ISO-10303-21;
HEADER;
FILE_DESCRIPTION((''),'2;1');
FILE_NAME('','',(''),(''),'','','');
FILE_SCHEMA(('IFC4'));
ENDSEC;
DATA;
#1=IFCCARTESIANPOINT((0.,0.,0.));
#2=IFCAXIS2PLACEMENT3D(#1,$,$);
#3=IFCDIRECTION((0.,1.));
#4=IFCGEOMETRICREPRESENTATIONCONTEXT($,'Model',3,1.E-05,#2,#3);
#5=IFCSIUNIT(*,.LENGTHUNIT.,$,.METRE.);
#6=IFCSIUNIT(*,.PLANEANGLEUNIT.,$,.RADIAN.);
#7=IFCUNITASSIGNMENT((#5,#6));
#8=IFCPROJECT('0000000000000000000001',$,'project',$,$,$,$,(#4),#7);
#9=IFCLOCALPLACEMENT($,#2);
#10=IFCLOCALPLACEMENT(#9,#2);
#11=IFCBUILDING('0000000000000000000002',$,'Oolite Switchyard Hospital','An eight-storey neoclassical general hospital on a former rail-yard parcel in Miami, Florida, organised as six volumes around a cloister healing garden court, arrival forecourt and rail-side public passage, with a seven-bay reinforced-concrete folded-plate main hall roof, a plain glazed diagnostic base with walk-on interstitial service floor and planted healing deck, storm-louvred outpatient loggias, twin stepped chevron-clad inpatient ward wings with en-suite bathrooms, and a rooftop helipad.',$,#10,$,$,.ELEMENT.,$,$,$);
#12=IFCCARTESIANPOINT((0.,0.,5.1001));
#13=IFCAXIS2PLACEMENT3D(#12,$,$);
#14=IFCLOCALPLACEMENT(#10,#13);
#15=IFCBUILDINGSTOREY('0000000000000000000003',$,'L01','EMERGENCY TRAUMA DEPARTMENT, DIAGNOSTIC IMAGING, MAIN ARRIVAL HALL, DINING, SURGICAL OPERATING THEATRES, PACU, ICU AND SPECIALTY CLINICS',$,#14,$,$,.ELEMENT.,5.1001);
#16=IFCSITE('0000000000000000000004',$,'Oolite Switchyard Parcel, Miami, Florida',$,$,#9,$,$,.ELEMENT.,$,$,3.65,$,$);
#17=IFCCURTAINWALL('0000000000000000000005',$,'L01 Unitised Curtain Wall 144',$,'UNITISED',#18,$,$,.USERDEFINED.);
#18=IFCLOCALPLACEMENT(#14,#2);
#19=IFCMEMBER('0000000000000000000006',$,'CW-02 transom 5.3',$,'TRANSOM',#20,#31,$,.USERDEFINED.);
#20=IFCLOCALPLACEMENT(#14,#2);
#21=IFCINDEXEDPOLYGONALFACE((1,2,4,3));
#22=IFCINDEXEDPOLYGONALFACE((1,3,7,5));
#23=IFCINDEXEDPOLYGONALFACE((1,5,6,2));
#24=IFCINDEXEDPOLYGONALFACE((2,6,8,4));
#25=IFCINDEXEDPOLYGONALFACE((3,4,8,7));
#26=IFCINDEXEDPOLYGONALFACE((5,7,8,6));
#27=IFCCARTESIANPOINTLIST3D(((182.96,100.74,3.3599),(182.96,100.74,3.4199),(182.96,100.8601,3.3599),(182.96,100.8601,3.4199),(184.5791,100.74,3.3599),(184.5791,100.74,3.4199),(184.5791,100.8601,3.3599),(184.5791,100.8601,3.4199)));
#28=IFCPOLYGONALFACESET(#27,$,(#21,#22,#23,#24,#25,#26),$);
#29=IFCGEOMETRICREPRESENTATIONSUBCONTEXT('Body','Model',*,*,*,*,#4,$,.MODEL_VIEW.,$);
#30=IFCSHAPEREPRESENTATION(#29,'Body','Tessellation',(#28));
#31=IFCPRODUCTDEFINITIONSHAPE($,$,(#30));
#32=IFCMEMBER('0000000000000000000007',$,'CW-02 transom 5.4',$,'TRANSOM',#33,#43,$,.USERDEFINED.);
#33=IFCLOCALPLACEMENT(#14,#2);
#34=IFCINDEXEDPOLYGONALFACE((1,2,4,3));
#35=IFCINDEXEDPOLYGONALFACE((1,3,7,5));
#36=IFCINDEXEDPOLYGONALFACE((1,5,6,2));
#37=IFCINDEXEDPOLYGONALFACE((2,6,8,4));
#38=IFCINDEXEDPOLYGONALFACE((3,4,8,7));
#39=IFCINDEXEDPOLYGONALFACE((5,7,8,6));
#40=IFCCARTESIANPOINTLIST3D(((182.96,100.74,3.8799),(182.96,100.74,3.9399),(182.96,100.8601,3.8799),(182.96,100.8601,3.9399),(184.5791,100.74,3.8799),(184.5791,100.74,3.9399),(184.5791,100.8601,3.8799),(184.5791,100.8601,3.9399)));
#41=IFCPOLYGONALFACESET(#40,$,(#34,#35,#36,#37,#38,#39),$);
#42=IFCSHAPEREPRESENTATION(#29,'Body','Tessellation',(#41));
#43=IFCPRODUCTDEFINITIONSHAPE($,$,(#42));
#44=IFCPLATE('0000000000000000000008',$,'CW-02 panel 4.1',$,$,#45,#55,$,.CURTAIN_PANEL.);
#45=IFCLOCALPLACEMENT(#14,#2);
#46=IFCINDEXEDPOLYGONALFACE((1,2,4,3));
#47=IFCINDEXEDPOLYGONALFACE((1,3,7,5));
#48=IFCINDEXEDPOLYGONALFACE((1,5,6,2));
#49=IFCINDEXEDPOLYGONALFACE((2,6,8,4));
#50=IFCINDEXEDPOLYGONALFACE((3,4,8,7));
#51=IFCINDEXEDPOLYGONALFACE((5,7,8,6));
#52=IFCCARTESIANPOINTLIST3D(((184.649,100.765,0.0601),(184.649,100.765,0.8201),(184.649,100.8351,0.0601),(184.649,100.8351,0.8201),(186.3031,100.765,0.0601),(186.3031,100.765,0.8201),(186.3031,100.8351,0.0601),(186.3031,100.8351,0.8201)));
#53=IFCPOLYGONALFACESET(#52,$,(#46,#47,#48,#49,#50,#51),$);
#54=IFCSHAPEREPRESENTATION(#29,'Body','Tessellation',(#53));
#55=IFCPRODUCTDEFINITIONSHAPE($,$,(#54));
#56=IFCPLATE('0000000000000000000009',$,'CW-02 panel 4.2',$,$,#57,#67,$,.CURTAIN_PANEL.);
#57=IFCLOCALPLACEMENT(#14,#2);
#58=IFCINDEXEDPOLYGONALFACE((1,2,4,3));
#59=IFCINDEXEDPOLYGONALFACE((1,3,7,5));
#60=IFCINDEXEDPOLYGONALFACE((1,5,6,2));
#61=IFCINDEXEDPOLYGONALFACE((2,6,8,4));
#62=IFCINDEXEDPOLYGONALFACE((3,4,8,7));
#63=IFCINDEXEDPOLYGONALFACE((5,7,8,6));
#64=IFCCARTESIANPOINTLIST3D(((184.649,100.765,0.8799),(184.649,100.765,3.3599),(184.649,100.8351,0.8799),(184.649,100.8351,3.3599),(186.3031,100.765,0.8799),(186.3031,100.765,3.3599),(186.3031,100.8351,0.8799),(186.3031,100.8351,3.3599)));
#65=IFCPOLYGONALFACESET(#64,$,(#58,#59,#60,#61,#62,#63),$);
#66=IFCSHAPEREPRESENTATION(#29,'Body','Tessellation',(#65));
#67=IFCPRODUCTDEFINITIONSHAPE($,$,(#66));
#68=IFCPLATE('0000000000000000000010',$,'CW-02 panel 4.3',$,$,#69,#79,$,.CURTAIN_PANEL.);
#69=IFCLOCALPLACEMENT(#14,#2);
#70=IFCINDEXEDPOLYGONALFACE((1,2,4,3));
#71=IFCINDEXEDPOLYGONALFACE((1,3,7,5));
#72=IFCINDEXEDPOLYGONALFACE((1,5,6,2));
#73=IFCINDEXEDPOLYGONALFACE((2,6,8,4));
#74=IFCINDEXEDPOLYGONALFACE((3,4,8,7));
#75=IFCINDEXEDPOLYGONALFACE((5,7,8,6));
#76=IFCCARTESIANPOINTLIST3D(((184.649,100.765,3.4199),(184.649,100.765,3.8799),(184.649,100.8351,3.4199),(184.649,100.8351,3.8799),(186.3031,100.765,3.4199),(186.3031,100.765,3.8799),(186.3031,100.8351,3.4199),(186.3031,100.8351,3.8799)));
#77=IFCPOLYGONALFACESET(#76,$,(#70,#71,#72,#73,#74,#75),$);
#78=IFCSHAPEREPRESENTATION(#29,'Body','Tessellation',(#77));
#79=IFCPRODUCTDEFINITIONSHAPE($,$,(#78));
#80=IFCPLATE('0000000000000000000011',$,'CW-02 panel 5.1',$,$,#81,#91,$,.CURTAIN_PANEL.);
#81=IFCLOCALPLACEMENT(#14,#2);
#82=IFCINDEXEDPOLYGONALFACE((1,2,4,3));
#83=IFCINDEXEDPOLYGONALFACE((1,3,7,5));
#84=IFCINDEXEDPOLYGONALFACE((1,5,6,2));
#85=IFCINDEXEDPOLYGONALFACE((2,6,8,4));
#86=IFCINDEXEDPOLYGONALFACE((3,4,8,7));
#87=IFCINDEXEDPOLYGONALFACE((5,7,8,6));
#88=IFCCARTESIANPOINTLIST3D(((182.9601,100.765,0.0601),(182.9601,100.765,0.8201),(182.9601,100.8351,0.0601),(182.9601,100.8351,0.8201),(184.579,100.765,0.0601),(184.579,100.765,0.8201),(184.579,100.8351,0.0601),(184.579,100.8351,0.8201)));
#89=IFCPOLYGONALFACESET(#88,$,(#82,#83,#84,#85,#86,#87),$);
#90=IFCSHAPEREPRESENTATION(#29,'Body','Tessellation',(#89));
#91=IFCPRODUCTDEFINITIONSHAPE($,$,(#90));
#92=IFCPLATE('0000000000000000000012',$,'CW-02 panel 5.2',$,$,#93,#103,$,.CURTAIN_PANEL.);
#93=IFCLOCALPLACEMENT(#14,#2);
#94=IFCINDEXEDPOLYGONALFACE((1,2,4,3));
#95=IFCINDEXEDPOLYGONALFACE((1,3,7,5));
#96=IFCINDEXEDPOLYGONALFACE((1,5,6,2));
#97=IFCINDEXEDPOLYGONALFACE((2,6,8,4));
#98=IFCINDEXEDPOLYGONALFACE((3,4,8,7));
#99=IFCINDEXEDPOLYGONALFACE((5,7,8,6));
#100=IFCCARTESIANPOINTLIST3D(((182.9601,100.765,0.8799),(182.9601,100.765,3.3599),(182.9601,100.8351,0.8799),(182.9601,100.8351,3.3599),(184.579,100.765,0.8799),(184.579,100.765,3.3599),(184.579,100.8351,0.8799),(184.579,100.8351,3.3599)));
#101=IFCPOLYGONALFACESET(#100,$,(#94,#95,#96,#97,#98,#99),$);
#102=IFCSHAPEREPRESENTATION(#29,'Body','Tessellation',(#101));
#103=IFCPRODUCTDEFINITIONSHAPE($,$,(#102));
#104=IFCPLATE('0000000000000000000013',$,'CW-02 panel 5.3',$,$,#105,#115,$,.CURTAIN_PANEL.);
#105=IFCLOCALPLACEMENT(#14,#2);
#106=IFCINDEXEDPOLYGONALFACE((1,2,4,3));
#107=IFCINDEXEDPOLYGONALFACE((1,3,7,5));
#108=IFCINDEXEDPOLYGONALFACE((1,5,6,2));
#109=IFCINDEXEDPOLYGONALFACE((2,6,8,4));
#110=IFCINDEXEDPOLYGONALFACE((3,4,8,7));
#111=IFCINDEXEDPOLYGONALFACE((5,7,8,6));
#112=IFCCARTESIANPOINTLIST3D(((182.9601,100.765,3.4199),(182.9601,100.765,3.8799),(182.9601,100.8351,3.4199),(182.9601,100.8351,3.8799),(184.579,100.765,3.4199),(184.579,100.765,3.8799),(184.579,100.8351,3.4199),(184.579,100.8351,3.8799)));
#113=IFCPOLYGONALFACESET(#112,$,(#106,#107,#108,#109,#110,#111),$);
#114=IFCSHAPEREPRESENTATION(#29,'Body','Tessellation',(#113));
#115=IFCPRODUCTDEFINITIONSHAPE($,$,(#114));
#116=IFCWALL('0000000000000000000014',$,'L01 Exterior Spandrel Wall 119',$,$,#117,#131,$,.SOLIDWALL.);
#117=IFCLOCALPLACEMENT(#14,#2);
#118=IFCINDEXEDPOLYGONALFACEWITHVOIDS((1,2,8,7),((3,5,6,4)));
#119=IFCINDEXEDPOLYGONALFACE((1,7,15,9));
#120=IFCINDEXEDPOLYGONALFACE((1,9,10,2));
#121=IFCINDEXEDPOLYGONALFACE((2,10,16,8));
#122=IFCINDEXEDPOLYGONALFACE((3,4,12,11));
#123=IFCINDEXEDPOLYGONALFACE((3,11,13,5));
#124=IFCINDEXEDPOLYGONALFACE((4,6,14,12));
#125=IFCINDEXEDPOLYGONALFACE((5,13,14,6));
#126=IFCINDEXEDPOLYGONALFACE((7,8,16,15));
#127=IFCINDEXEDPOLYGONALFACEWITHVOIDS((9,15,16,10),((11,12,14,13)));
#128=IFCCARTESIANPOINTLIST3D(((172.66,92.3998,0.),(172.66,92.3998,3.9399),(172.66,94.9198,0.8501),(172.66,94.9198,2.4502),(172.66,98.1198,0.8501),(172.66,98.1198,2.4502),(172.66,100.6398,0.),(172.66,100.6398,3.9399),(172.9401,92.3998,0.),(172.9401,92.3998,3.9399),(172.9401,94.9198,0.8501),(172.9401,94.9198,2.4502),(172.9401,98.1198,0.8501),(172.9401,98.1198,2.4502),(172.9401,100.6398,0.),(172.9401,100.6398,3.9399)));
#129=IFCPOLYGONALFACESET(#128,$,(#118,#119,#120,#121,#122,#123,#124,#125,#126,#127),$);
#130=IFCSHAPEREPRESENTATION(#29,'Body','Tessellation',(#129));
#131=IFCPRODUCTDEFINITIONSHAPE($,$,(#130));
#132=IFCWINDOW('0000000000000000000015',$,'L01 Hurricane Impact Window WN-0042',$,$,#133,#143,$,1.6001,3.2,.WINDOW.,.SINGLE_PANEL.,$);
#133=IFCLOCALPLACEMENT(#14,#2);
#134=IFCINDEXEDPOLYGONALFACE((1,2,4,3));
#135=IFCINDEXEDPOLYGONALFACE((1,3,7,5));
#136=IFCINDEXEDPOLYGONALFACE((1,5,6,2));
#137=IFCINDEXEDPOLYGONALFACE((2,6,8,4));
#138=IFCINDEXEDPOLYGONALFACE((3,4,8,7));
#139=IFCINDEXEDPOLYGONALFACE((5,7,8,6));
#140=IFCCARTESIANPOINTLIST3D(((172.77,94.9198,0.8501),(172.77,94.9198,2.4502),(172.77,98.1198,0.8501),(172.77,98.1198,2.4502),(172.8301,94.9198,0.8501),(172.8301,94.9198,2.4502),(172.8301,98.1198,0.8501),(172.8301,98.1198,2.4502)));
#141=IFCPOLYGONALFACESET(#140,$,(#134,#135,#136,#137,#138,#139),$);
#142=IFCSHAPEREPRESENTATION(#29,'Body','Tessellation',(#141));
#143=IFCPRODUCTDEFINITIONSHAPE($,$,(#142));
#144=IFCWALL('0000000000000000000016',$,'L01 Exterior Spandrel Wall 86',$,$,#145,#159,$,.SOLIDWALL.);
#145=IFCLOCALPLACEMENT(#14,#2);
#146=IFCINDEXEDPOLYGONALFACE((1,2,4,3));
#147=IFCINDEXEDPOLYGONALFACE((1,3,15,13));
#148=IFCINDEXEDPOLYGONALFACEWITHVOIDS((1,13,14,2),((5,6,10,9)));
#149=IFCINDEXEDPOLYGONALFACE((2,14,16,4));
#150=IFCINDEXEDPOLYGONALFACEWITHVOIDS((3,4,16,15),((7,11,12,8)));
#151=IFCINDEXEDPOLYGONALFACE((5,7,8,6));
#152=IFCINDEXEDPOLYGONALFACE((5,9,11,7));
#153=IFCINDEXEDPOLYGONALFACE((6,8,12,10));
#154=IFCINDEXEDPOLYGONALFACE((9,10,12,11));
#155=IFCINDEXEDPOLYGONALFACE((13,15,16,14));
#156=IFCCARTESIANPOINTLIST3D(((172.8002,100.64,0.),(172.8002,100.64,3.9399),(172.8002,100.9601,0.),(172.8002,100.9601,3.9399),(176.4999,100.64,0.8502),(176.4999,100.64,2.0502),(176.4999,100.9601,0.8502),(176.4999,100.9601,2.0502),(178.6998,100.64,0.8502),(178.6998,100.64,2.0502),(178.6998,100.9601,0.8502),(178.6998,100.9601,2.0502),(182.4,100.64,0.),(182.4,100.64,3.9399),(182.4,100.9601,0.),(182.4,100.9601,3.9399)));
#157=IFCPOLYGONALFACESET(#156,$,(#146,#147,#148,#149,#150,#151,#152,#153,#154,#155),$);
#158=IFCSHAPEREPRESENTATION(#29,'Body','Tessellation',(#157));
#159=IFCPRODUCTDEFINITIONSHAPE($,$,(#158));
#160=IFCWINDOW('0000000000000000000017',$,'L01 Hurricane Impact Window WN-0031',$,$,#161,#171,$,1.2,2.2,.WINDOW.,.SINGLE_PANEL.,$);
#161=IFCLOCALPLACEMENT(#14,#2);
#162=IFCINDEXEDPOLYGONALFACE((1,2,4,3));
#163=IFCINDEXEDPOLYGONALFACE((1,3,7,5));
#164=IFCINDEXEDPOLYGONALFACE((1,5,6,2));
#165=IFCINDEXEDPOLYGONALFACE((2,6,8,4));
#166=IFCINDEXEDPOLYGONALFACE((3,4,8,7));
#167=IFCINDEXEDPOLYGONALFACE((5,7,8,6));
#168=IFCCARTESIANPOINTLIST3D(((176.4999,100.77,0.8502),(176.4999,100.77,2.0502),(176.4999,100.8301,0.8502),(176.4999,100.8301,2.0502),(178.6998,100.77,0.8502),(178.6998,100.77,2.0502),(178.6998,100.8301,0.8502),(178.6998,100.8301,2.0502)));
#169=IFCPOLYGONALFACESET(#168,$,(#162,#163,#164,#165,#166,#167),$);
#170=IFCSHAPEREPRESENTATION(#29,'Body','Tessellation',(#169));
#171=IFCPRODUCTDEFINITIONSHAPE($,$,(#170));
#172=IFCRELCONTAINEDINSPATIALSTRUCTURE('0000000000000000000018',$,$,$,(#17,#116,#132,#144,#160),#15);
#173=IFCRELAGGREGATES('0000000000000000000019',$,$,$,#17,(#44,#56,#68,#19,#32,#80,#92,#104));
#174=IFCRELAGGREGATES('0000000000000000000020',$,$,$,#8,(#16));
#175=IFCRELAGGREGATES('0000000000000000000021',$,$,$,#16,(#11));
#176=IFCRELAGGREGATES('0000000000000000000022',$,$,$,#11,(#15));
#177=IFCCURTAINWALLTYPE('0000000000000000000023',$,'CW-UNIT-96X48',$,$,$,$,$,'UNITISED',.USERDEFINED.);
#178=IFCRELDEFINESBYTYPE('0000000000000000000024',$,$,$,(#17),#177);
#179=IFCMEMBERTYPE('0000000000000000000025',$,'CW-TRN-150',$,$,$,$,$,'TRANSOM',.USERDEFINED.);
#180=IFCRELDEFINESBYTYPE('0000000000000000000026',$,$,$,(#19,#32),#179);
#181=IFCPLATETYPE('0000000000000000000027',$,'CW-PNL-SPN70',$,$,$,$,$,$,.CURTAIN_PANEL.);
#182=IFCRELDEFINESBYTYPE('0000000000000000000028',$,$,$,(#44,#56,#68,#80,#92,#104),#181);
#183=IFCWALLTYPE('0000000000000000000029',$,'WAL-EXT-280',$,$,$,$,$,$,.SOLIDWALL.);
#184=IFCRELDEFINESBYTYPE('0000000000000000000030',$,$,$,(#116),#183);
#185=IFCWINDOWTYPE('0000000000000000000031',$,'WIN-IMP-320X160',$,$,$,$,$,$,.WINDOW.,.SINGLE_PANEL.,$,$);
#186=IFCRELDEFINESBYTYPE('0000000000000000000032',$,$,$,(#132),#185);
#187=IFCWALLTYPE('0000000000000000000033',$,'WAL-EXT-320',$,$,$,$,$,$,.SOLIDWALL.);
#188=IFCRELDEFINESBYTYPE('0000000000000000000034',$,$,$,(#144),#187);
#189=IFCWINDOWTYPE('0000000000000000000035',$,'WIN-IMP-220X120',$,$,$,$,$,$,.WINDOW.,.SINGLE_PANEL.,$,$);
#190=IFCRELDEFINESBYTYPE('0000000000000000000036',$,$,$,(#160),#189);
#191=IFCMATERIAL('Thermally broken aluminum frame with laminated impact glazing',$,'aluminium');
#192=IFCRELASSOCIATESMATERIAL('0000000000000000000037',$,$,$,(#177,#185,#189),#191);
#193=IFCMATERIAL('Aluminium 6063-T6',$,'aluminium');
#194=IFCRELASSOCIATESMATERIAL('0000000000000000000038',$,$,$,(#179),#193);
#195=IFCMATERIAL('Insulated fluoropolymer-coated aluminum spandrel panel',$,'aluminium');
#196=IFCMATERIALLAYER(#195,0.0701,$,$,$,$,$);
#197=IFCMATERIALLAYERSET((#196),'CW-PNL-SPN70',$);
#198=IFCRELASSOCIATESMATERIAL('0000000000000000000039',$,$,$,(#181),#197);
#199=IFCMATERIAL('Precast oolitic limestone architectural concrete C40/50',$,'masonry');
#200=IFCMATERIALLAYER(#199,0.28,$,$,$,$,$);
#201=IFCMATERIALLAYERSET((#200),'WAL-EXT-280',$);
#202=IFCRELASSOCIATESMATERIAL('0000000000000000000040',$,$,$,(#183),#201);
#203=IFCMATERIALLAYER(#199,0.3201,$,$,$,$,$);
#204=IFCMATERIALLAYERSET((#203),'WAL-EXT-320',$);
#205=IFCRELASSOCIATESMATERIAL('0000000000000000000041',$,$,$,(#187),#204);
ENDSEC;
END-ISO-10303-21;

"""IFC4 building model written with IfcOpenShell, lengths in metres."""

from ifc_helpers import new_model, si_unit, direction, frame, frame_2d, origin, origin_2d, place, context, subcontext, project, spatial, rectangle, extrude, material, layer, layer_set, material_profile, profile_set, type_object, element, fill, aggregate, save


model = new_model("IFC4")

# Units and contexts
model_context = context("Model", 3, precision=1e-05, world=origin(), true_north=direction((0.0, 1.0)))
body_context = subcontext(model_context, "Body", "Model", "MODEL_VIEW")
ifc_project = project(units=[si_unit("LENGTHUNIT", "METRE"), si_unit("PLANEANGLEUNIT", "RADIAN")], contexts=[model_context])

# Site, building, storey
site_placement = place(None, origin())
site = spatial("IfcSite", under=ifc_project, at=site_placement, Name="Oolite Switchyard Parcel, Miami, Florida", CompositionType="ELEMENT", RefElevation=3.65)
building_placement = place(site_placement, origin())
building = spatial("IfcBuilding", under=site, at=building_placement, Name="Oolite Switchyard Hospital", Description="An eight-storey neoclassical general hospital on a former rail-yard parcel in Miami, Florida, organised as six volumes around a cloister healing garden court, arrival forecourt and rail-side public passage, with a seven-bay reinforced-concrete folded-plate main hall roof, a plain glazed diagnostic base with walk-on interstitial service floor and planted healing deck, storm-louvred outpatient loggias, twin stepped chevron-clad inpatient ward wings with en-suite bathrooms, and a rooftop helipad.", CompositionType="ELEMENT")
storey_placement = place(building_placement, frame((0.0, 0.0, 5.1001)))
storey = spatial("IfcBuildingStorey", under=building, at=storey_placement, Name="L01", Description="EMERGENCY TRAUMA DEPARTMENT, DIAGNOSTIC IMAGING, MAIN ARRIVAL HALL, DINING, SURGICAL OPERATING THEATRES, PACU, ICU AND SPECIALTY CLINICS", CompositionType="ELEMENT", Elevation=5.1001)

# Curtain wall
ifc_material_1 = material(Name="Thermally broken aluminum frame with laminated impact glazing", Category="aluminium")
curtain_wall_type_1 = type_object("IfcCurtainWallType", Name="CW-UNIT-96X48", ElementType="UNITISED", PredefinedType="USERDEFINED", material=ifc_material_1)
curtain_wall_1_placement = place(storey_placement, origin())
curtain_wall_1 = element("IfcCurtainWall", 1, at=curtain_wall_1_placement, inside=storey, type_object=curtain_wall_type_1, Name="L01 Unitised Curtain Wall 144", ObjectType="UNITISED", PredefinedType="USERDEFINED")
ifc_material_2 = material(Name="Aluminium 6063-T6", Category="aluminium")

# Members
ifc_material_profile_1 = material_profile(ifc_material_2, rectangle(XDim=0.1201, YDim=0.0601, at=origin_2d()), Name="CWT60X120")
ifc_profile_set_1 = profile_set([ifc_material_profile_1], Name="Aluminium 6063-T6")
member_type_1 = type_object("IfcMemberType", Name="CW-TRN-150", ElementType="TRANSOM", PredefinedType="USERDEFINED", material=ifc_profile_set_1)
member_1_placement = place(storey_placement, frame((184.5791, 100.8, 3.3899), z_axis=(-1.0, 0.0, 0.0), x_axis=(0.0, -1.0, 0.0)))
member_1 = element("IfcMember", 2, at=member_1_placement, type_object=member_type_1, Name="CW-02 transom 5.3", ObjectType="TRANSOM", PredefinedType="USERDEFINED", context=body_context, shape_type="SweptSolid", body=[
    extrude(rectangle(XDim=0.1201, YDim=0.0601, at=origin_2d()), origin(), (0.0, 0.0, 1.0), 1.6191),
])
member_2_placement = place(storey_placement, frame((184.5791, 100.8, 3.9099), z_axis=(-1.0, 0.0, 0.0), x_axis=(0.0, -1.0, 0.0)))
member_2 = element("IfcMember", 3, at=member_2_placement, type_object=member_type_1, Name="CW-02 transom 5.4", ObjectType="TRANSOM", PredefinedType="USERDEFINED", context=body_context, shape_type="SweptSolid", body=[
    extrude(rectangle(XDim=0.1201, YDim=0.0601, at=origin_2d()), origin(), (0.0, 0.0, 1.0), 1.6191),
])

# Plates
ifc_material_3 = material(Name="Insulated fluoropolymer-coated aluminum spandrel panel", Category="aluminium")
ifc_layer_1 = layer(ifc_material_3, 0.0701)
ifc_layer_set_1 = layer_set([ifc_layer_1], Name="CW-PNL-SPN70")
plate_type = type_object("IfcPlateType", Name="CW-PNL-SPN70", PredefinedType="CURTAIN_PANEL", material=ifc_layer_set_1)
plate_1_placement = place(storey_placement, frame((185.4761, 100.8, 0.0601), z_axis=(0.0, 0.0, 1.0), x_axis=(-1.0, 0.0, 0.0)))
plate_1 = element("IfcPlate", 4, at=plate_1_placement, type_object=plate_type, Name="CW-02 panel 4.1", PredefinedType="CURTAIN_PANEL", context=body_context, shape_type="SweptSolid", body=[
    extrude(rectangle(XDim=1.6541, YDim=0.0701, at=origin_2d()), origin(), (0.0, 0.0, 1.0), 0.76),
])
plate_2_placement = place(storey_placement, frame((185.4761, 100.8, 0.8799), z_axis=(0.0, 0.0, 1.0), x_axis=(-1.0, 0.0, 0.0)))
plate_2 = element("IfcPlate", 5, at=plate_2_placement, type_object=plate_type, Name="CW-02 panel 4.2", PredefinedType="CURTAIN_PANEL", context=body_context, shape_type="SweptSolid", body=[
    extrude(rectangle(XDim=1.6541, YDim=0.0701, at=origin_2d()), origin(), (0.0, 0.0, 1.0), 2.48),
])
plate_3_placement = place(storey_placement, frame((185.4761, 100.8, 3.4199), z_axis=(0.0, 0.0, 1.0), x_axis=(-1.0, 0.0, 0.0)))
plate_3 = element("IfcPlate", 6, at=plate_3_placement, type_object=plate_type, Name="CW-02 panel 4.3", PredefinedType="CURTAIN_PANEL", context=body_context, shape_type="SweptSolid", body=[
    extrude(rectangle(XDim=1.6541, YDim=0.0701, at=origin_2d()), origin(), (0.0, 0.0, 1.0), 0.46),
])
plate_4_placement = place(storey_placement, frame((183.7695, 100.8, 0.0601), z_axis=(0.0, 0.0, 1.0), x_axis=(-1.0, 0.0, 0.0)))
plate_4 = element("IfcPlate", 7, at=plate_4_placement, type_object=plate_type, Name="CW-02 panel 5.1", PredefinedType="CURTAIN_PANEL", context=body_context, shape_type="SweptSolid", body=[
    extrude(rectangle(XDim=1.6189, YDim=0.0701, at=origin_2d()), origin(), (0.0, 0.0, 1.0), 0.76),
])
plate_5_placement = place(storey_placement, frame((183.7695, 100.8, 0.8799), z_axis=(0.0, 0.0, 1.0), x_axis=(-1.0, 0.0, 0.0)))
plate_5 = element("IfcPlate", 8, at=plate_5_placement, type_object=plate_type, Name="CW-02 panel 5.2", PredefinedType="CURTAIN_PANEL", context=body_context, shape_type="SweptSolid", body=[
    extrude(rectangle(XDim=1.6189, YDim=0.0701, at=origin_2d()), origin(), (0.0, 0.0, 1.0), 2.48),
])
plate_6_placement = place(storey_placement, frame((183.7695, 100.8, 3.4199), z_axis=(0.0, 0.0, 1.0), x_axis=(-1.0, 0.0, 0.0)))
plate_6 = element("IfcPlate", 9, at=plate_6_placement, type_object=plate_type, Name="CW-02 panel 5.3", PredefinedType="CURTAIN_PANEL", context=body_context, shape_type="SweptSolid", body=[
    extrude(rectangle(XDim=1.6189, YDim=0.0701, at=origin_2d()), origin(), (0.0, 0.0, 1.0), 0.46),
])
aggregate(curtain_wall_1, [plate_1, plate_2, plate_3, member_1, member_2, plate_4, plate_5, plate_6])

# Walls, openings, windows
ifc_material_4 = material(Name="Precast oolitic limestone architectural concrete C40/50", Category="masonry")
ifc_layer_2 = layer(ifc_material_4, 0.28)
ifc_layer_set_2 = layer_set([ifc_layer_2], Name="WAL-EXT-280")
wall_type_1 = type_object("IfcWallType", Name="WAL-EXT-280", PredefinedType="SOLIDWALL", material=ifc_layer_set_2)
wall_1_placement = place(storey_placement, frame((172.8, 100.6399, 0.0), z_axis=(0.0, 0.0, 1.0), x_axis=(0.0, -1.0, 0.0)))
wall_1 = element("IfcWall", 10, at=wall_1_placement, inside=storey, type_object=wall_type_1, Name="L01 Exterior Spandrel Wall 119", PredefinedType="SOLIDWALL", context=body_context, shape_type="SweptSolid", body=[
    extrude(rectangle(XDim=8.24, YDim=0.28, at=frame_2d((4.1201, 0.0))), origin(), (0.0, 0.0, 1.0), 3.9399),
])
opening_1_placement = place(wall_1_placement, frame((2.52, 0.0, 0.8501)))
opening_1 = element("IfcOpeningElement", 11, at=opening_1_placement, cuts=wall_1, PredefinedType="OPENING", context=body_context, shape_type="SweptSolid", body=[
    extrude(rectangle(XDim=3.2, YDim=1.6001, at=frame_2d((1.6001, 0.8))), frame((0.0, 0.1499, 0.0), z_axis=(0.0, -1.0, 0.0), x_axis=(1.0, 0.0, 0.0)), (0.0, 0.0, 1.0), 0.3),
])
window_type_1 = type_object("IfcWindowType", Name="WIN-IMP-320X160", PartitioningType="SINGLE_PANEL", PredefinedType="WINDOW", material=ifc_material_1)
window_1_placement = place(opening_1_placement, origin())
window_1 = element("IfcWindow", 12, at=window_1_placement, inside=storey, type_object=window_type_1, Name="L01 Hurricane Impact Window WN-0042", OverallHeight=1.6001, OverallWidth=3.2, PartitioningType="SINGLE_PANEL", PredefinedType="WINDOW", context=body_context, shape_type="SweptSolid", body=[
    extrude(rectangle(XDim=3.2, YDim=1.6001, at=frame_2d((1.6001, 0.8))), frame((0.0, 0.03, 0.0), z_axis=(0.0, -1.0, 0.0), x_axis=(1.0, 0.0, 0.0)), (0.0, 0.0, 1.0), 0.0601),
])
fill(opening_1, window_1)
ifc_layer_3 = layer(ifc_material_4, 0.3201)
ifc_layer_set_3 = layer_set([ifc_layer_3], Name="WAL-EXT-320")
wall_type_2 = type_object("IfcWallType", Name="WAL-EXT-320", PredefinedType="SOLIDWALL", material=ifc_layer_set_3)
wall_2_placement = place(storey_placement, frame((182.3999, 100.8, 0.0), z_axis=(0.0, 0.0, 1.0), x_axis=(-1.0, 0.0, 0.0)))
wall_2 = element("IfcWall", 13, at=wall_2_placement, inside=storey, type_object=wall_type_2, Name="L01 Exterior Spandrel Wall 86", PredefinedType="SOLIDWALL", context=body_context, shape_type="SweptSolid", body=[
    extrude(rectangle(XDim=9.5999, YDim=0.3201, at=frame_2d((4.7998, 0.0))), origin(), (0.0, 0.0, 1.0), 3.9399),
])
opening_2_placement = place(wall_2_placement, frame((3.7, 0.0, 0.8501)))
opening_2 = element("IfcOpeningElement", 14, at=opening_2_placement, cuts=wall_2, PredefinedType="OPENING", context=body_context, shape_type="SweptSolid", body=[
    extrude(rectangle(XDim=2.2, YDim=1.2, at=frame_2d((1.1001, 0.6001))), frame((0.0, 0.1699, 0.0), z_axis=(0.0, -1.0, 0.0), x_axis=(1.0, 0.0, 0.0)), (0.0, 0.0, 1.0), 0.3401),
])
window_type_2 = type_object("IfcWindowType", Name="WIN-IMP-220X120", PartitioningType="SINGLE_PANEL", PredefinedType="WINDOW", material=ifc_material_1)
window_2_placement = place(opening_2_placement, origin())
window_2 = element("IfcWindow", 15, at=window_2_placement, inside=storey, type_object=window_type_2, Name="L01 Hurricane Impact Window WN-0031", OverallHeight=1.2, OverallWidth=2.2, PartitioningType="SINGLE_PANEL", PredefinedType="WINDOW", context=body_context, shape_type="SweptSolid", body=[
    extrude(rectangle(XDim=2.2, YDim=1.2, at=frame_2d((1.1001, 0.6001))), frame((0.0, 0.03, 0.0), z_axis=(0.0, -1.0, 0.0), x_axis=(1.0, 0.0, 0.0)), (0.0, 0.0, 1.0), 0.0601),
])
fill(opening_2, window_2)

save(model, "model.ifc")
